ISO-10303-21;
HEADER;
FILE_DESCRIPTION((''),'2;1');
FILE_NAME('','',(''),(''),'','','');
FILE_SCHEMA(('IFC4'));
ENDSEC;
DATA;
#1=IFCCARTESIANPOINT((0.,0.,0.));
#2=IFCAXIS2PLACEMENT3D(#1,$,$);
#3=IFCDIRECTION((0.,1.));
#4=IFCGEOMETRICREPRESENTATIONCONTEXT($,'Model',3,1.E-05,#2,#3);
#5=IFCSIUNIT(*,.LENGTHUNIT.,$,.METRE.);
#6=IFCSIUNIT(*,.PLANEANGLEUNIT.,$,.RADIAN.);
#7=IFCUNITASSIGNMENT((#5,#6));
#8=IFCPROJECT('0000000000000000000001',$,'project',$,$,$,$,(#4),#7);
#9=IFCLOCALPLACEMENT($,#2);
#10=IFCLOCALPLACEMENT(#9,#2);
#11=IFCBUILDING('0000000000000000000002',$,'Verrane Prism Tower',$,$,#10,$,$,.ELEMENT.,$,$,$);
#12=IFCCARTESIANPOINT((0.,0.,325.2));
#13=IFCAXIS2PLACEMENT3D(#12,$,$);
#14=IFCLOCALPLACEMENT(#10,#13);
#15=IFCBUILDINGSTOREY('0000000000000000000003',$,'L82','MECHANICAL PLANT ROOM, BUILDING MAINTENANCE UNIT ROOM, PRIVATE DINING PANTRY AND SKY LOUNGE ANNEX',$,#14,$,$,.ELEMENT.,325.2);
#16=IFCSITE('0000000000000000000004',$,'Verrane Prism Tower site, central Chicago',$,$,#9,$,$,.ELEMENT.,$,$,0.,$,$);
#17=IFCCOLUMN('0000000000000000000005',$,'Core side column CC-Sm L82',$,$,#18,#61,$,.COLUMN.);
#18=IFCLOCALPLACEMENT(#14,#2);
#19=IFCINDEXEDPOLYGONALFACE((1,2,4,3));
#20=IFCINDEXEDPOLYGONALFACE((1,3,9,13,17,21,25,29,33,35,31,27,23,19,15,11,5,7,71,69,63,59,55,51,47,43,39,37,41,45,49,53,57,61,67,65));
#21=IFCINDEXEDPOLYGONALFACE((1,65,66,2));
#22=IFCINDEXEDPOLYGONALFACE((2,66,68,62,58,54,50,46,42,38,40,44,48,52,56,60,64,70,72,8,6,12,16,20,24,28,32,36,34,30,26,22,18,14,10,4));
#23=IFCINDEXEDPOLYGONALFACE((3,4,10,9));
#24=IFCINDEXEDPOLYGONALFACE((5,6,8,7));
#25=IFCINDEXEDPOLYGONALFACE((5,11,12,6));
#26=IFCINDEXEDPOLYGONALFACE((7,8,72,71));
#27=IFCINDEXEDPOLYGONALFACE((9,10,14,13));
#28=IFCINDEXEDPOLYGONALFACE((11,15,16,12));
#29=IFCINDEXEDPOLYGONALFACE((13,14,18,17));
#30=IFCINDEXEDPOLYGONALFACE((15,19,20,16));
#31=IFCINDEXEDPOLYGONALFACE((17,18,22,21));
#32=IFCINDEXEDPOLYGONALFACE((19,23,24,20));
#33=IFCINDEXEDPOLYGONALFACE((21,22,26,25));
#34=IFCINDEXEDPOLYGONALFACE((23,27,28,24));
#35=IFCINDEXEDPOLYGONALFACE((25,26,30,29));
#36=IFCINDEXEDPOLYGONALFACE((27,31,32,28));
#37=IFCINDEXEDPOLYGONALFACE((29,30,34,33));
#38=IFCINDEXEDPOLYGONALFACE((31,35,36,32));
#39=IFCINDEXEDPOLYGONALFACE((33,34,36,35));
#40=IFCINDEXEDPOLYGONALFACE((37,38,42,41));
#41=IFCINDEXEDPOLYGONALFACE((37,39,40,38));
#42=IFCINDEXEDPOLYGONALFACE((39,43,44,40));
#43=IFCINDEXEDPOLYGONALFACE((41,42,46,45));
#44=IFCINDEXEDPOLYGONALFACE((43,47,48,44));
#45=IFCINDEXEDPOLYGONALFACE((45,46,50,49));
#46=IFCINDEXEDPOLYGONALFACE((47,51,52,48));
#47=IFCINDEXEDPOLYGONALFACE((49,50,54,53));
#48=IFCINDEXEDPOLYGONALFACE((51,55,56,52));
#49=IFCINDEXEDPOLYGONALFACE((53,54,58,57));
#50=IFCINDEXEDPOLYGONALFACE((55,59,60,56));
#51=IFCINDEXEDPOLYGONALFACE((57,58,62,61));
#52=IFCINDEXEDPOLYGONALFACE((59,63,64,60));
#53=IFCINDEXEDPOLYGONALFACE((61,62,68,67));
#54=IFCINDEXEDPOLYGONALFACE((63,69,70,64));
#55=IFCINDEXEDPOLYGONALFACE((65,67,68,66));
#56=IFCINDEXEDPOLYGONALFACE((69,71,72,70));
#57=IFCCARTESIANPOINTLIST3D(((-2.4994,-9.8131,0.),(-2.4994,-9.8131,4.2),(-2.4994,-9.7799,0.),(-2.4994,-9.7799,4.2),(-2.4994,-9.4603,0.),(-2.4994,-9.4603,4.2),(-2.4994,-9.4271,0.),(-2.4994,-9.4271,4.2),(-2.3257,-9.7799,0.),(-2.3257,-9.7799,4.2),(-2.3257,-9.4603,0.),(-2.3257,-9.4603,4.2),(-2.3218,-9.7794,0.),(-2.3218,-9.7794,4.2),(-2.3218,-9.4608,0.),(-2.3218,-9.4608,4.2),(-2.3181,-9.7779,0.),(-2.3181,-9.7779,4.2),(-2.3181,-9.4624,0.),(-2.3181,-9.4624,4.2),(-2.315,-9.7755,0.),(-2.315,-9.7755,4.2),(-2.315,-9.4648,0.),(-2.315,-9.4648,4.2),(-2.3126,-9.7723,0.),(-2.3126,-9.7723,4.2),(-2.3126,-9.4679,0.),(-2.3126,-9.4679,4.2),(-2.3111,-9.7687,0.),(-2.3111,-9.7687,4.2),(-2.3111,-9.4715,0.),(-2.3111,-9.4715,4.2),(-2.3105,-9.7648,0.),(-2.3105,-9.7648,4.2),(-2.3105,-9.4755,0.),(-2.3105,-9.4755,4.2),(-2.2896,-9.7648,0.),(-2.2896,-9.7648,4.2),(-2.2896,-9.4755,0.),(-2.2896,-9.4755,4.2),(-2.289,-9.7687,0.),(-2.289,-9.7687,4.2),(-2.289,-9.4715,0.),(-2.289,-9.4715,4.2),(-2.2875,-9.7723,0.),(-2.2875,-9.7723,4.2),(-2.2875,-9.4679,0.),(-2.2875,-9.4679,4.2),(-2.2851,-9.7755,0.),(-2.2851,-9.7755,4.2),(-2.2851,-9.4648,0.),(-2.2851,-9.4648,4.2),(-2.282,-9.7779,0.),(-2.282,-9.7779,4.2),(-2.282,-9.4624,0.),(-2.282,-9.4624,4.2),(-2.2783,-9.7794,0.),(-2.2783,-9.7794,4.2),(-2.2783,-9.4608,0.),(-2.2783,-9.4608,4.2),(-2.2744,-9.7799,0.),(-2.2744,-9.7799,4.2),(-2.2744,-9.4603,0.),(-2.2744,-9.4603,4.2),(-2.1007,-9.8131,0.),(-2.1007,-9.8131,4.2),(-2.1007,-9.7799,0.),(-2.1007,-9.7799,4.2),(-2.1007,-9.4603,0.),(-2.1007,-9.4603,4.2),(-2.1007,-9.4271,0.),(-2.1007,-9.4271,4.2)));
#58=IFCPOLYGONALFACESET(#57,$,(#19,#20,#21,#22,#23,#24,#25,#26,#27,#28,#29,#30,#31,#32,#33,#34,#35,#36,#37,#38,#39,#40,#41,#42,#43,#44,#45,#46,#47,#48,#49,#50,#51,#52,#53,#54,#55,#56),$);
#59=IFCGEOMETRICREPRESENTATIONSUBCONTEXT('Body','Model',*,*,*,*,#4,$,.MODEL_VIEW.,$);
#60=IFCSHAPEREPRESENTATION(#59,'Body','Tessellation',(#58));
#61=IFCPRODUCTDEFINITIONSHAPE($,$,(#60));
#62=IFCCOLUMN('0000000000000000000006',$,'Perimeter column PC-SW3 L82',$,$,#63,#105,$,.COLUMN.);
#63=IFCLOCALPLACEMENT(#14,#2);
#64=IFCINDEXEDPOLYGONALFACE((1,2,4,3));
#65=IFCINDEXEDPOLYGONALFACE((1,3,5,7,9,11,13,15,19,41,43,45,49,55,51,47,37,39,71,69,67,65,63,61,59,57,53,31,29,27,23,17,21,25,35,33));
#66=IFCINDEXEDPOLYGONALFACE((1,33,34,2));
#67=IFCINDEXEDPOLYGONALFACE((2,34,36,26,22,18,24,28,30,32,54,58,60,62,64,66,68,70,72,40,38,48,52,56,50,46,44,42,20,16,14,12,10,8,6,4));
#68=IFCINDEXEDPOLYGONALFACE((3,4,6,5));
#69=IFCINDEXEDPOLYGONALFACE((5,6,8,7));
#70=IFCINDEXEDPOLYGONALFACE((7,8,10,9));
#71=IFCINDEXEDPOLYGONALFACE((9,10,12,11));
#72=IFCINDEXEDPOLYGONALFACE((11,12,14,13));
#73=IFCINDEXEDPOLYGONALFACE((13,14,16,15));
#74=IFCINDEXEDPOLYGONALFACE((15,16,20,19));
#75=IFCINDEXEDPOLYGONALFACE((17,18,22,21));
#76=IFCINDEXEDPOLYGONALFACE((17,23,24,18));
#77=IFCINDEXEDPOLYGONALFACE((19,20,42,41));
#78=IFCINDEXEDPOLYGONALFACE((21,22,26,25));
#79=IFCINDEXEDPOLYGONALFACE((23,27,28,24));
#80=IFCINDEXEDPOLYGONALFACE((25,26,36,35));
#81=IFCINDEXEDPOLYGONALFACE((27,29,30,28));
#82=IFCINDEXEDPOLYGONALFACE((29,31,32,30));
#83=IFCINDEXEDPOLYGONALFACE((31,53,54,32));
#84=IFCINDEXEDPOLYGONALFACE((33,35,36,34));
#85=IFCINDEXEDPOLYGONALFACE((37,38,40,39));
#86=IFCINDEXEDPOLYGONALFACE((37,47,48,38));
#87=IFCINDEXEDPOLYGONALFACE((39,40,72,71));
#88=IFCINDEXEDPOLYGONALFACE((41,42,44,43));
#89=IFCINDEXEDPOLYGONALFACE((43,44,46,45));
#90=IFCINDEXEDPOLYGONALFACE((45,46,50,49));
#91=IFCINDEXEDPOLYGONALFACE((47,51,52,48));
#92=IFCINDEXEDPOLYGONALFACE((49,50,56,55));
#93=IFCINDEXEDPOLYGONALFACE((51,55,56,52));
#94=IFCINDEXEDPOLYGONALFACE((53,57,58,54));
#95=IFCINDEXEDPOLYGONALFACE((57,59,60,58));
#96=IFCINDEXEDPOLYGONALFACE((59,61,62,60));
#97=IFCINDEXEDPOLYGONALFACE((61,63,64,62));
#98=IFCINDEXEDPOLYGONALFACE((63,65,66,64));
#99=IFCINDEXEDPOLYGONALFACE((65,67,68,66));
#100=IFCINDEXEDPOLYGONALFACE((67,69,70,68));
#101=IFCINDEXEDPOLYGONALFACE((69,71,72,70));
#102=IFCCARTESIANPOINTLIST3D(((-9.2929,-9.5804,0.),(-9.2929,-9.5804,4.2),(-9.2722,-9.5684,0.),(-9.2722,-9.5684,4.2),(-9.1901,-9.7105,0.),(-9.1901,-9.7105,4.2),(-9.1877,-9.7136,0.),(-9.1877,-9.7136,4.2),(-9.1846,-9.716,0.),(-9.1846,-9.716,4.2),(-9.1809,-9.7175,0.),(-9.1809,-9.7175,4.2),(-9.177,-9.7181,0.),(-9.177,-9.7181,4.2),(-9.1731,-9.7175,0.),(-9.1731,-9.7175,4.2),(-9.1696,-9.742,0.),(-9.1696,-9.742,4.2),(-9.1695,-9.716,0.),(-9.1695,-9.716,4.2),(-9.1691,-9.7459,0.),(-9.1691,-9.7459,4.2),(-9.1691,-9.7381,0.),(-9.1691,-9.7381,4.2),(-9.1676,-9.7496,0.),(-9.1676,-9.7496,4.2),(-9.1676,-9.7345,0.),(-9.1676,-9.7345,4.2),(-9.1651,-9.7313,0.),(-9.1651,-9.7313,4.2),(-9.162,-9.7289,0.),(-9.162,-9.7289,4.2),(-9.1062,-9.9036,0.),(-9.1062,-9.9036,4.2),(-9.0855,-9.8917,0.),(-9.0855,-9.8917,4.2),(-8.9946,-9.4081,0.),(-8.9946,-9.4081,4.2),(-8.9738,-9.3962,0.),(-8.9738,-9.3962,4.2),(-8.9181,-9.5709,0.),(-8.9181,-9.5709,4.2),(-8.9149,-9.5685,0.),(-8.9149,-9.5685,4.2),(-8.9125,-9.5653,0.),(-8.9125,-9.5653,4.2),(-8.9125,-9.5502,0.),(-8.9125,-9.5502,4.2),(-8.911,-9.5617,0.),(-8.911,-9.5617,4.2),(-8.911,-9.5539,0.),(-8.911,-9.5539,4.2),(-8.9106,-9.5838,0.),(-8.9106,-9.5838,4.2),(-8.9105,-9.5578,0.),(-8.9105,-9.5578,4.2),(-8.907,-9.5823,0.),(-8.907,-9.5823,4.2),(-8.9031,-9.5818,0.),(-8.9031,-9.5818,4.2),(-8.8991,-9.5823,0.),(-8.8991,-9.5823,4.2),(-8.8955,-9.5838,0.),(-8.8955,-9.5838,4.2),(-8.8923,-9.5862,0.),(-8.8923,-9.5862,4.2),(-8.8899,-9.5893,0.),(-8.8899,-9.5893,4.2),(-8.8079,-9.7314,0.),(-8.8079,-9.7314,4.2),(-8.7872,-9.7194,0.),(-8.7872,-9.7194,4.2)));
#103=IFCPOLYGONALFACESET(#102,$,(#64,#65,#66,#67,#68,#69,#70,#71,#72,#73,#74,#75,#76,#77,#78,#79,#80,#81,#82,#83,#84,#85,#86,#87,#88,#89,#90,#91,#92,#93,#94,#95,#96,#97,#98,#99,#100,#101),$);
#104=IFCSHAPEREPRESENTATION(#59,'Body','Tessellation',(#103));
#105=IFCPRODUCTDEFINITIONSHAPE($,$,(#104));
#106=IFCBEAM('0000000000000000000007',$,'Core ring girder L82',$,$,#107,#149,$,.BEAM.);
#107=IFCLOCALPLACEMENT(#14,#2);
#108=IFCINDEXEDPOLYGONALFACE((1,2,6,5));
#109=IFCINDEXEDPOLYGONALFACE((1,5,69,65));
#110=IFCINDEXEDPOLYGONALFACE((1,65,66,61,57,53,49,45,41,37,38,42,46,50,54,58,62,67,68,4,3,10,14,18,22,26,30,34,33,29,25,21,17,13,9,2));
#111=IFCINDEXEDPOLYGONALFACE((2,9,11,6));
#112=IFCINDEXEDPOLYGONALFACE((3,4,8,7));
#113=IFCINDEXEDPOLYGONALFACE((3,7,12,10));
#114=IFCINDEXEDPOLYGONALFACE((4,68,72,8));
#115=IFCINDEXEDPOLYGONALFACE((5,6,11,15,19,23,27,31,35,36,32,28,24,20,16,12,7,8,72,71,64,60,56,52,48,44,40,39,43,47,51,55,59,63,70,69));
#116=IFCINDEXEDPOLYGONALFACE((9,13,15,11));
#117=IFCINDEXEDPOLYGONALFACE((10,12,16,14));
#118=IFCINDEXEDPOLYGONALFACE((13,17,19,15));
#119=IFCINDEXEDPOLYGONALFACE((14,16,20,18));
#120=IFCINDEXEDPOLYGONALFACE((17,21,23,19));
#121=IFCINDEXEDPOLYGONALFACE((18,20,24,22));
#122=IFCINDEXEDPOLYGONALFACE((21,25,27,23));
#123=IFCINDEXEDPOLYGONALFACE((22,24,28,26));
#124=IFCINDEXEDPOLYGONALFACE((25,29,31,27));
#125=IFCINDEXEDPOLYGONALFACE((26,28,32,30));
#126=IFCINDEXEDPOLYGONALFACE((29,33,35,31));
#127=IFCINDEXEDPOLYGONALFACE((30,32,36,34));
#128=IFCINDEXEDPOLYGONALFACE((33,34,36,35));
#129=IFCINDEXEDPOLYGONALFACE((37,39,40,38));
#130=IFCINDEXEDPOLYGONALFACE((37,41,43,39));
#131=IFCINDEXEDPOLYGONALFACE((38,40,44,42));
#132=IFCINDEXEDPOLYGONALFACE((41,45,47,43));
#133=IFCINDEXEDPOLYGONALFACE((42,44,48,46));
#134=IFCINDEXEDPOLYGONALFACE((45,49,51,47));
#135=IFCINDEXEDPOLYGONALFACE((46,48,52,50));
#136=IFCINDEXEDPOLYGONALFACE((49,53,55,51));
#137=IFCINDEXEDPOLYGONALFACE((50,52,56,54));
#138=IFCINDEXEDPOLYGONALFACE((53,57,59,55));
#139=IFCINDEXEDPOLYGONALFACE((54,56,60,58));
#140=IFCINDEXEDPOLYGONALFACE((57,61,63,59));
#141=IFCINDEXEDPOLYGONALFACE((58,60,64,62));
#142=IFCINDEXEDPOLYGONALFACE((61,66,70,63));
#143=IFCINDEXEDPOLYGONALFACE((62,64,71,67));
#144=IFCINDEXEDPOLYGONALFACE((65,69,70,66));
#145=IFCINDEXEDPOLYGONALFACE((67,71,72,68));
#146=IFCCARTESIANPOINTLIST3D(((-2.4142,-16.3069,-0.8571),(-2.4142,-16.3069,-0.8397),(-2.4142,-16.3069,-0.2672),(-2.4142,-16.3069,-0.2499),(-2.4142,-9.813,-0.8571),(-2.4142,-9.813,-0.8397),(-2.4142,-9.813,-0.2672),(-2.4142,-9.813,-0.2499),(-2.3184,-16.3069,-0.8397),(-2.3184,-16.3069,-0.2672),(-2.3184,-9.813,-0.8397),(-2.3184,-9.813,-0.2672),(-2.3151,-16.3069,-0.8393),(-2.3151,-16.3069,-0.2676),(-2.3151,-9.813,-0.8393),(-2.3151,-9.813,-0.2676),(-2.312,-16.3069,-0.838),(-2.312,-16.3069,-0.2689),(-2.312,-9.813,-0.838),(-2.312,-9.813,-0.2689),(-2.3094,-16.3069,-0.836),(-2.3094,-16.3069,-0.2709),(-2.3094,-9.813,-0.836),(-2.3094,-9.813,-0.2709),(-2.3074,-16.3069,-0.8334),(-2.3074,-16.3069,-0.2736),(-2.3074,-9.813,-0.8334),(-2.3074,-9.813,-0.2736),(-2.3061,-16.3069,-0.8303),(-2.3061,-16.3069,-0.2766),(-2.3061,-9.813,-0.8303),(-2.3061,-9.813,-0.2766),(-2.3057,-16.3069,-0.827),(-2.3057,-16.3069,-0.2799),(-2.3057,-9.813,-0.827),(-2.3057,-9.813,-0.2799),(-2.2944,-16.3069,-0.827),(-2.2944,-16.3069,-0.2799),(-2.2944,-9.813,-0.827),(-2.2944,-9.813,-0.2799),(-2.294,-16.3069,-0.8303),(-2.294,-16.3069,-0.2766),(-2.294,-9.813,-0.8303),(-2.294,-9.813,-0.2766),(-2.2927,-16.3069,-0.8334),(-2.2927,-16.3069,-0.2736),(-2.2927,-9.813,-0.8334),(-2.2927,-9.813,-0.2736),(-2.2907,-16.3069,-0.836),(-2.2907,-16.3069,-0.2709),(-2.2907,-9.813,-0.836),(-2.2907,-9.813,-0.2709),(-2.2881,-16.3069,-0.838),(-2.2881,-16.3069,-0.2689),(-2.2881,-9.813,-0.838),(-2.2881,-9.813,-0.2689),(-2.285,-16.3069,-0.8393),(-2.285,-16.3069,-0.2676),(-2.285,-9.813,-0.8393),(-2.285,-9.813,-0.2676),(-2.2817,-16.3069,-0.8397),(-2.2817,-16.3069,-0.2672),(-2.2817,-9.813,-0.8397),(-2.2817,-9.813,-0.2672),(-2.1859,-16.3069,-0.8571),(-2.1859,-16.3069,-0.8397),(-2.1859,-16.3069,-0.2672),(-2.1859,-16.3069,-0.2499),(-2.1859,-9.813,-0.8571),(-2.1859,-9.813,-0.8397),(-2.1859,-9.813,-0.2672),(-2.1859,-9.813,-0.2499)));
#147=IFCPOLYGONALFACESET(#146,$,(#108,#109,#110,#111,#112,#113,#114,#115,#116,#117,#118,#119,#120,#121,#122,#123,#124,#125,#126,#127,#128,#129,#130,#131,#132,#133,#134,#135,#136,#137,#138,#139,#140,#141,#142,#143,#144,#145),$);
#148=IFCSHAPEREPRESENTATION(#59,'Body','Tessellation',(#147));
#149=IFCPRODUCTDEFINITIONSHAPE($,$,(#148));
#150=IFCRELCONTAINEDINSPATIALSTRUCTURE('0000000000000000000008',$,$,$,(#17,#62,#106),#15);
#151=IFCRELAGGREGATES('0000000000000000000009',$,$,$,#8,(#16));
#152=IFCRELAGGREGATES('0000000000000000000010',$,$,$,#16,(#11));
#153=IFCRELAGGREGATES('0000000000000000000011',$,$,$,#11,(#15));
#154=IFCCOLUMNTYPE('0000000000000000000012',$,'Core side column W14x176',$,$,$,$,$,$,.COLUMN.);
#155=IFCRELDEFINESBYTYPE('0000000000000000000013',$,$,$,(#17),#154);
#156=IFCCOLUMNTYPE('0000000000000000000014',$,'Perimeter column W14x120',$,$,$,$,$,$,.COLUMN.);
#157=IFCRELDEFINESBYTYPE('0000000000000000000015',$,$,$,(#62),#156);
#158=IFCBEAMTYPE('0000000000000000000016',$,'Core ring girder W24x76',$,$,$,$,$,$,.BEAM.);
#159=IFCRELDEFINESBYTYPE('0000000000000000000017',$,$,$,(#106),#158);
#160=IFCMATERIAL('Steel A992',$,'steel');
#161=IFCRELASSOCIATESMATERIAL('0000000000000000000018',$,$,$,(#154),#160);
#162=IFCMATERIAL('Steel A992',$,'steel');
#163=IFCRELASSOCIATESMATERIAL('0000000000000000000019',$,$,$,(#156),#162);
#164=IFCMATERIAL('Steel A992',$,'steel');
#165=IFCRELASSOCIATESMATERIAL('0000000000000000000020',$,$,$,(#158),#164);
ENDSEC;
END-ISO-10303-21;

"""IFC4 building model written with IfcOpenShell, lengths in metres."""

from ifc_helpers import new_model, si_unit, direction, frame, origin, origin_2d, place, context, subcontext, project, spatial, i_section, extrude, material, material_profile, profile_set, type_object, element, save


model = new_model("IFC4")

# Units and contexts
model_context = context("Model", 3, precision=1e-05, world=origin(), true_north=direction((0.0, 1.0)))
body_context = subcontext(model_context, "Body", "Model", "MODEL_VIEW")
ifc_project = project(units=[si_unit("LENGTHUNIT", "METRE"), si_unit("PLANEANGLEUNIT", "RADIAN")], contexts=[model_context])

# Site, building, storey
site_placement = place(None, origin())
site = spatial("IfcSite", under=ifc_project, at=site_placement, Name="Verrane Prism Tower site, central Chicago", CompositionType="ELEMENT", RefElevation=0.0)
building_placement = place(site_placement, origin())
building = spatial("IfcBuilding", under=site, at=building_placement, Name="Verrane Prism Tower", CompositionType="ELEMENT")
storey_placement = place(building_placement, frame((0.0, 0.0, 325.2)))
storey = spatial("IfcBuildingStorey", under=building, at=storey_placement, Name="L82", Description="MECHANICAL PLANT ROOM, BUILDING MAINTENANCE UNIT ROOM, PRIVATE DINING PANTRY AND SKY LOUNGE ANNEX", CompositionType="ELEMENT", Elevation=325.2)

# Columns
ifc_material_1 = material(Name="Steel A992", Category="steel")
ifc_material_profile_1 = material_profile(ifc_material_1, i_section(OverallWidth=0.3987, OverallDepth=0.386, WebThickness=0.021, FlangeThickness=0.0332, FilletRadius=0.0151, at=origin_2d()), Name="W14x176")
ifc_profile_set_1 = profile_set([ifc_material_profile_1], Name="Steel A992")
column_type_1 = type_object("IfcColumnType", Name="Core side column W14x176", PredefinedType="COLUMN", material=ifc_profile_set_1)
column_1_placement = place(storey_placement, frame((-2.3, -9.6201, 0.0), z_axis=(0.0, 0.0, 1.0), x_axis=(1.0, 0.0, 0.0)))
element("IfcColumn", 1, at=column_1_placement, inside=storey, type_object=column_type_1, Name="Core side column CC-Sm L82", PredefinedType="COLUMN", context=body_context, shape_type="SweptSolid", body=[
    extrude(i_section(OverallWidth=0.3987, OverallDepth=0.386, WebThickness=0.021, FlangeThickness=0.0332, FilletRadius=0.0151, at=origin_2d()), origin(), (0.0, 0.0, 1.0), 4.2),
])
ifc_material_2 = material(Name="Steel A992", Category="steel")
ifc_material_profile_2 = material_profile(ifc_material_2, i_section(OverallWidth=0.3733, OverallDepth=0.3684, WebThickness=0.0149, FlangeThickness=0.0239, FilletRadius=0.0151, at=origin_2d()), Name="W14x120")
ifc_profile_set_2 = profile_set([ifc_material_profile_2], Name="Steel A992")
column_type_2 = type_object("IfcColumnType", Name="Perimeter column W14x120", PredefinedType="COLUMN", material=ifc_profile_set_2)
column_2_placement = place(storey_placement, frame((-9.04, -9.6499, 0.0), z_axis=(0.0, 0.0, 1.0), x_axis=(-0.5, 0.866025, 0.0)))
element("IfcColumn", 2, at=column_2_placement, inside=storey, type_object=column_type_2, Name="Perimeter column PC-SW3 L82", PredefinedType="COLUMN", context=body_context, shape_type="SweptSolid", body=[
    extrude(i_section(OverallWidth=0.3733, OverallDepth=0.3684, WebThickness=0.0149, FlangeThickness=0.0239, FilletRadius=0.0151, at=origin_2d()), origin(), (0.0, 0.0, 1.0), 4.2),
])

# Beam
ifc_material_3 = material(Name="Steel A992", Category="steel")
ifc_material_profile_3 = material_profile(ifc_material_3, i_section(OverallWidth=0.2283, OverallDepth=0.6072, WebThickness=0.0112, FlangeThickness=0.0173, FilletRadius=0.0127, at=origin_2d()), Name="W24x76")
ifc_profile_set_3 = profile_set([ifc_material_profile_3], Name="Steel A992")
beam_type_1 = type_object("IfcBeamType", Name="Core ring girder W24x76", PredefinedType="BEAM", material=ifc_profile_set_3)
beam_1_placement = place(storey_placement, frame((-2.3, -9.813, -0.5535), z_axis=(0.0, -1.0, 0.0), x_axis=(1.0, 0.0, 0.0)))
element("IfcBeam", 3, at=beam_1_placement, inside=storey, type_object=beam_type_1, Name="Core ring girder L82", PredefinedType="BEAM", context=body_context, shape_type="SweptSolid", body=[
    extrude(i_section(OverallWidth=0.2283, OverallDepth=0.6072, WebThickness=0.0112, FlangeThickness=0.0173, FilletRadius=0.0127, at=origin_2d()), origin(), (0.0, 0.0, 1.0), 6.4939),
])

save(model, "model.ifc")
